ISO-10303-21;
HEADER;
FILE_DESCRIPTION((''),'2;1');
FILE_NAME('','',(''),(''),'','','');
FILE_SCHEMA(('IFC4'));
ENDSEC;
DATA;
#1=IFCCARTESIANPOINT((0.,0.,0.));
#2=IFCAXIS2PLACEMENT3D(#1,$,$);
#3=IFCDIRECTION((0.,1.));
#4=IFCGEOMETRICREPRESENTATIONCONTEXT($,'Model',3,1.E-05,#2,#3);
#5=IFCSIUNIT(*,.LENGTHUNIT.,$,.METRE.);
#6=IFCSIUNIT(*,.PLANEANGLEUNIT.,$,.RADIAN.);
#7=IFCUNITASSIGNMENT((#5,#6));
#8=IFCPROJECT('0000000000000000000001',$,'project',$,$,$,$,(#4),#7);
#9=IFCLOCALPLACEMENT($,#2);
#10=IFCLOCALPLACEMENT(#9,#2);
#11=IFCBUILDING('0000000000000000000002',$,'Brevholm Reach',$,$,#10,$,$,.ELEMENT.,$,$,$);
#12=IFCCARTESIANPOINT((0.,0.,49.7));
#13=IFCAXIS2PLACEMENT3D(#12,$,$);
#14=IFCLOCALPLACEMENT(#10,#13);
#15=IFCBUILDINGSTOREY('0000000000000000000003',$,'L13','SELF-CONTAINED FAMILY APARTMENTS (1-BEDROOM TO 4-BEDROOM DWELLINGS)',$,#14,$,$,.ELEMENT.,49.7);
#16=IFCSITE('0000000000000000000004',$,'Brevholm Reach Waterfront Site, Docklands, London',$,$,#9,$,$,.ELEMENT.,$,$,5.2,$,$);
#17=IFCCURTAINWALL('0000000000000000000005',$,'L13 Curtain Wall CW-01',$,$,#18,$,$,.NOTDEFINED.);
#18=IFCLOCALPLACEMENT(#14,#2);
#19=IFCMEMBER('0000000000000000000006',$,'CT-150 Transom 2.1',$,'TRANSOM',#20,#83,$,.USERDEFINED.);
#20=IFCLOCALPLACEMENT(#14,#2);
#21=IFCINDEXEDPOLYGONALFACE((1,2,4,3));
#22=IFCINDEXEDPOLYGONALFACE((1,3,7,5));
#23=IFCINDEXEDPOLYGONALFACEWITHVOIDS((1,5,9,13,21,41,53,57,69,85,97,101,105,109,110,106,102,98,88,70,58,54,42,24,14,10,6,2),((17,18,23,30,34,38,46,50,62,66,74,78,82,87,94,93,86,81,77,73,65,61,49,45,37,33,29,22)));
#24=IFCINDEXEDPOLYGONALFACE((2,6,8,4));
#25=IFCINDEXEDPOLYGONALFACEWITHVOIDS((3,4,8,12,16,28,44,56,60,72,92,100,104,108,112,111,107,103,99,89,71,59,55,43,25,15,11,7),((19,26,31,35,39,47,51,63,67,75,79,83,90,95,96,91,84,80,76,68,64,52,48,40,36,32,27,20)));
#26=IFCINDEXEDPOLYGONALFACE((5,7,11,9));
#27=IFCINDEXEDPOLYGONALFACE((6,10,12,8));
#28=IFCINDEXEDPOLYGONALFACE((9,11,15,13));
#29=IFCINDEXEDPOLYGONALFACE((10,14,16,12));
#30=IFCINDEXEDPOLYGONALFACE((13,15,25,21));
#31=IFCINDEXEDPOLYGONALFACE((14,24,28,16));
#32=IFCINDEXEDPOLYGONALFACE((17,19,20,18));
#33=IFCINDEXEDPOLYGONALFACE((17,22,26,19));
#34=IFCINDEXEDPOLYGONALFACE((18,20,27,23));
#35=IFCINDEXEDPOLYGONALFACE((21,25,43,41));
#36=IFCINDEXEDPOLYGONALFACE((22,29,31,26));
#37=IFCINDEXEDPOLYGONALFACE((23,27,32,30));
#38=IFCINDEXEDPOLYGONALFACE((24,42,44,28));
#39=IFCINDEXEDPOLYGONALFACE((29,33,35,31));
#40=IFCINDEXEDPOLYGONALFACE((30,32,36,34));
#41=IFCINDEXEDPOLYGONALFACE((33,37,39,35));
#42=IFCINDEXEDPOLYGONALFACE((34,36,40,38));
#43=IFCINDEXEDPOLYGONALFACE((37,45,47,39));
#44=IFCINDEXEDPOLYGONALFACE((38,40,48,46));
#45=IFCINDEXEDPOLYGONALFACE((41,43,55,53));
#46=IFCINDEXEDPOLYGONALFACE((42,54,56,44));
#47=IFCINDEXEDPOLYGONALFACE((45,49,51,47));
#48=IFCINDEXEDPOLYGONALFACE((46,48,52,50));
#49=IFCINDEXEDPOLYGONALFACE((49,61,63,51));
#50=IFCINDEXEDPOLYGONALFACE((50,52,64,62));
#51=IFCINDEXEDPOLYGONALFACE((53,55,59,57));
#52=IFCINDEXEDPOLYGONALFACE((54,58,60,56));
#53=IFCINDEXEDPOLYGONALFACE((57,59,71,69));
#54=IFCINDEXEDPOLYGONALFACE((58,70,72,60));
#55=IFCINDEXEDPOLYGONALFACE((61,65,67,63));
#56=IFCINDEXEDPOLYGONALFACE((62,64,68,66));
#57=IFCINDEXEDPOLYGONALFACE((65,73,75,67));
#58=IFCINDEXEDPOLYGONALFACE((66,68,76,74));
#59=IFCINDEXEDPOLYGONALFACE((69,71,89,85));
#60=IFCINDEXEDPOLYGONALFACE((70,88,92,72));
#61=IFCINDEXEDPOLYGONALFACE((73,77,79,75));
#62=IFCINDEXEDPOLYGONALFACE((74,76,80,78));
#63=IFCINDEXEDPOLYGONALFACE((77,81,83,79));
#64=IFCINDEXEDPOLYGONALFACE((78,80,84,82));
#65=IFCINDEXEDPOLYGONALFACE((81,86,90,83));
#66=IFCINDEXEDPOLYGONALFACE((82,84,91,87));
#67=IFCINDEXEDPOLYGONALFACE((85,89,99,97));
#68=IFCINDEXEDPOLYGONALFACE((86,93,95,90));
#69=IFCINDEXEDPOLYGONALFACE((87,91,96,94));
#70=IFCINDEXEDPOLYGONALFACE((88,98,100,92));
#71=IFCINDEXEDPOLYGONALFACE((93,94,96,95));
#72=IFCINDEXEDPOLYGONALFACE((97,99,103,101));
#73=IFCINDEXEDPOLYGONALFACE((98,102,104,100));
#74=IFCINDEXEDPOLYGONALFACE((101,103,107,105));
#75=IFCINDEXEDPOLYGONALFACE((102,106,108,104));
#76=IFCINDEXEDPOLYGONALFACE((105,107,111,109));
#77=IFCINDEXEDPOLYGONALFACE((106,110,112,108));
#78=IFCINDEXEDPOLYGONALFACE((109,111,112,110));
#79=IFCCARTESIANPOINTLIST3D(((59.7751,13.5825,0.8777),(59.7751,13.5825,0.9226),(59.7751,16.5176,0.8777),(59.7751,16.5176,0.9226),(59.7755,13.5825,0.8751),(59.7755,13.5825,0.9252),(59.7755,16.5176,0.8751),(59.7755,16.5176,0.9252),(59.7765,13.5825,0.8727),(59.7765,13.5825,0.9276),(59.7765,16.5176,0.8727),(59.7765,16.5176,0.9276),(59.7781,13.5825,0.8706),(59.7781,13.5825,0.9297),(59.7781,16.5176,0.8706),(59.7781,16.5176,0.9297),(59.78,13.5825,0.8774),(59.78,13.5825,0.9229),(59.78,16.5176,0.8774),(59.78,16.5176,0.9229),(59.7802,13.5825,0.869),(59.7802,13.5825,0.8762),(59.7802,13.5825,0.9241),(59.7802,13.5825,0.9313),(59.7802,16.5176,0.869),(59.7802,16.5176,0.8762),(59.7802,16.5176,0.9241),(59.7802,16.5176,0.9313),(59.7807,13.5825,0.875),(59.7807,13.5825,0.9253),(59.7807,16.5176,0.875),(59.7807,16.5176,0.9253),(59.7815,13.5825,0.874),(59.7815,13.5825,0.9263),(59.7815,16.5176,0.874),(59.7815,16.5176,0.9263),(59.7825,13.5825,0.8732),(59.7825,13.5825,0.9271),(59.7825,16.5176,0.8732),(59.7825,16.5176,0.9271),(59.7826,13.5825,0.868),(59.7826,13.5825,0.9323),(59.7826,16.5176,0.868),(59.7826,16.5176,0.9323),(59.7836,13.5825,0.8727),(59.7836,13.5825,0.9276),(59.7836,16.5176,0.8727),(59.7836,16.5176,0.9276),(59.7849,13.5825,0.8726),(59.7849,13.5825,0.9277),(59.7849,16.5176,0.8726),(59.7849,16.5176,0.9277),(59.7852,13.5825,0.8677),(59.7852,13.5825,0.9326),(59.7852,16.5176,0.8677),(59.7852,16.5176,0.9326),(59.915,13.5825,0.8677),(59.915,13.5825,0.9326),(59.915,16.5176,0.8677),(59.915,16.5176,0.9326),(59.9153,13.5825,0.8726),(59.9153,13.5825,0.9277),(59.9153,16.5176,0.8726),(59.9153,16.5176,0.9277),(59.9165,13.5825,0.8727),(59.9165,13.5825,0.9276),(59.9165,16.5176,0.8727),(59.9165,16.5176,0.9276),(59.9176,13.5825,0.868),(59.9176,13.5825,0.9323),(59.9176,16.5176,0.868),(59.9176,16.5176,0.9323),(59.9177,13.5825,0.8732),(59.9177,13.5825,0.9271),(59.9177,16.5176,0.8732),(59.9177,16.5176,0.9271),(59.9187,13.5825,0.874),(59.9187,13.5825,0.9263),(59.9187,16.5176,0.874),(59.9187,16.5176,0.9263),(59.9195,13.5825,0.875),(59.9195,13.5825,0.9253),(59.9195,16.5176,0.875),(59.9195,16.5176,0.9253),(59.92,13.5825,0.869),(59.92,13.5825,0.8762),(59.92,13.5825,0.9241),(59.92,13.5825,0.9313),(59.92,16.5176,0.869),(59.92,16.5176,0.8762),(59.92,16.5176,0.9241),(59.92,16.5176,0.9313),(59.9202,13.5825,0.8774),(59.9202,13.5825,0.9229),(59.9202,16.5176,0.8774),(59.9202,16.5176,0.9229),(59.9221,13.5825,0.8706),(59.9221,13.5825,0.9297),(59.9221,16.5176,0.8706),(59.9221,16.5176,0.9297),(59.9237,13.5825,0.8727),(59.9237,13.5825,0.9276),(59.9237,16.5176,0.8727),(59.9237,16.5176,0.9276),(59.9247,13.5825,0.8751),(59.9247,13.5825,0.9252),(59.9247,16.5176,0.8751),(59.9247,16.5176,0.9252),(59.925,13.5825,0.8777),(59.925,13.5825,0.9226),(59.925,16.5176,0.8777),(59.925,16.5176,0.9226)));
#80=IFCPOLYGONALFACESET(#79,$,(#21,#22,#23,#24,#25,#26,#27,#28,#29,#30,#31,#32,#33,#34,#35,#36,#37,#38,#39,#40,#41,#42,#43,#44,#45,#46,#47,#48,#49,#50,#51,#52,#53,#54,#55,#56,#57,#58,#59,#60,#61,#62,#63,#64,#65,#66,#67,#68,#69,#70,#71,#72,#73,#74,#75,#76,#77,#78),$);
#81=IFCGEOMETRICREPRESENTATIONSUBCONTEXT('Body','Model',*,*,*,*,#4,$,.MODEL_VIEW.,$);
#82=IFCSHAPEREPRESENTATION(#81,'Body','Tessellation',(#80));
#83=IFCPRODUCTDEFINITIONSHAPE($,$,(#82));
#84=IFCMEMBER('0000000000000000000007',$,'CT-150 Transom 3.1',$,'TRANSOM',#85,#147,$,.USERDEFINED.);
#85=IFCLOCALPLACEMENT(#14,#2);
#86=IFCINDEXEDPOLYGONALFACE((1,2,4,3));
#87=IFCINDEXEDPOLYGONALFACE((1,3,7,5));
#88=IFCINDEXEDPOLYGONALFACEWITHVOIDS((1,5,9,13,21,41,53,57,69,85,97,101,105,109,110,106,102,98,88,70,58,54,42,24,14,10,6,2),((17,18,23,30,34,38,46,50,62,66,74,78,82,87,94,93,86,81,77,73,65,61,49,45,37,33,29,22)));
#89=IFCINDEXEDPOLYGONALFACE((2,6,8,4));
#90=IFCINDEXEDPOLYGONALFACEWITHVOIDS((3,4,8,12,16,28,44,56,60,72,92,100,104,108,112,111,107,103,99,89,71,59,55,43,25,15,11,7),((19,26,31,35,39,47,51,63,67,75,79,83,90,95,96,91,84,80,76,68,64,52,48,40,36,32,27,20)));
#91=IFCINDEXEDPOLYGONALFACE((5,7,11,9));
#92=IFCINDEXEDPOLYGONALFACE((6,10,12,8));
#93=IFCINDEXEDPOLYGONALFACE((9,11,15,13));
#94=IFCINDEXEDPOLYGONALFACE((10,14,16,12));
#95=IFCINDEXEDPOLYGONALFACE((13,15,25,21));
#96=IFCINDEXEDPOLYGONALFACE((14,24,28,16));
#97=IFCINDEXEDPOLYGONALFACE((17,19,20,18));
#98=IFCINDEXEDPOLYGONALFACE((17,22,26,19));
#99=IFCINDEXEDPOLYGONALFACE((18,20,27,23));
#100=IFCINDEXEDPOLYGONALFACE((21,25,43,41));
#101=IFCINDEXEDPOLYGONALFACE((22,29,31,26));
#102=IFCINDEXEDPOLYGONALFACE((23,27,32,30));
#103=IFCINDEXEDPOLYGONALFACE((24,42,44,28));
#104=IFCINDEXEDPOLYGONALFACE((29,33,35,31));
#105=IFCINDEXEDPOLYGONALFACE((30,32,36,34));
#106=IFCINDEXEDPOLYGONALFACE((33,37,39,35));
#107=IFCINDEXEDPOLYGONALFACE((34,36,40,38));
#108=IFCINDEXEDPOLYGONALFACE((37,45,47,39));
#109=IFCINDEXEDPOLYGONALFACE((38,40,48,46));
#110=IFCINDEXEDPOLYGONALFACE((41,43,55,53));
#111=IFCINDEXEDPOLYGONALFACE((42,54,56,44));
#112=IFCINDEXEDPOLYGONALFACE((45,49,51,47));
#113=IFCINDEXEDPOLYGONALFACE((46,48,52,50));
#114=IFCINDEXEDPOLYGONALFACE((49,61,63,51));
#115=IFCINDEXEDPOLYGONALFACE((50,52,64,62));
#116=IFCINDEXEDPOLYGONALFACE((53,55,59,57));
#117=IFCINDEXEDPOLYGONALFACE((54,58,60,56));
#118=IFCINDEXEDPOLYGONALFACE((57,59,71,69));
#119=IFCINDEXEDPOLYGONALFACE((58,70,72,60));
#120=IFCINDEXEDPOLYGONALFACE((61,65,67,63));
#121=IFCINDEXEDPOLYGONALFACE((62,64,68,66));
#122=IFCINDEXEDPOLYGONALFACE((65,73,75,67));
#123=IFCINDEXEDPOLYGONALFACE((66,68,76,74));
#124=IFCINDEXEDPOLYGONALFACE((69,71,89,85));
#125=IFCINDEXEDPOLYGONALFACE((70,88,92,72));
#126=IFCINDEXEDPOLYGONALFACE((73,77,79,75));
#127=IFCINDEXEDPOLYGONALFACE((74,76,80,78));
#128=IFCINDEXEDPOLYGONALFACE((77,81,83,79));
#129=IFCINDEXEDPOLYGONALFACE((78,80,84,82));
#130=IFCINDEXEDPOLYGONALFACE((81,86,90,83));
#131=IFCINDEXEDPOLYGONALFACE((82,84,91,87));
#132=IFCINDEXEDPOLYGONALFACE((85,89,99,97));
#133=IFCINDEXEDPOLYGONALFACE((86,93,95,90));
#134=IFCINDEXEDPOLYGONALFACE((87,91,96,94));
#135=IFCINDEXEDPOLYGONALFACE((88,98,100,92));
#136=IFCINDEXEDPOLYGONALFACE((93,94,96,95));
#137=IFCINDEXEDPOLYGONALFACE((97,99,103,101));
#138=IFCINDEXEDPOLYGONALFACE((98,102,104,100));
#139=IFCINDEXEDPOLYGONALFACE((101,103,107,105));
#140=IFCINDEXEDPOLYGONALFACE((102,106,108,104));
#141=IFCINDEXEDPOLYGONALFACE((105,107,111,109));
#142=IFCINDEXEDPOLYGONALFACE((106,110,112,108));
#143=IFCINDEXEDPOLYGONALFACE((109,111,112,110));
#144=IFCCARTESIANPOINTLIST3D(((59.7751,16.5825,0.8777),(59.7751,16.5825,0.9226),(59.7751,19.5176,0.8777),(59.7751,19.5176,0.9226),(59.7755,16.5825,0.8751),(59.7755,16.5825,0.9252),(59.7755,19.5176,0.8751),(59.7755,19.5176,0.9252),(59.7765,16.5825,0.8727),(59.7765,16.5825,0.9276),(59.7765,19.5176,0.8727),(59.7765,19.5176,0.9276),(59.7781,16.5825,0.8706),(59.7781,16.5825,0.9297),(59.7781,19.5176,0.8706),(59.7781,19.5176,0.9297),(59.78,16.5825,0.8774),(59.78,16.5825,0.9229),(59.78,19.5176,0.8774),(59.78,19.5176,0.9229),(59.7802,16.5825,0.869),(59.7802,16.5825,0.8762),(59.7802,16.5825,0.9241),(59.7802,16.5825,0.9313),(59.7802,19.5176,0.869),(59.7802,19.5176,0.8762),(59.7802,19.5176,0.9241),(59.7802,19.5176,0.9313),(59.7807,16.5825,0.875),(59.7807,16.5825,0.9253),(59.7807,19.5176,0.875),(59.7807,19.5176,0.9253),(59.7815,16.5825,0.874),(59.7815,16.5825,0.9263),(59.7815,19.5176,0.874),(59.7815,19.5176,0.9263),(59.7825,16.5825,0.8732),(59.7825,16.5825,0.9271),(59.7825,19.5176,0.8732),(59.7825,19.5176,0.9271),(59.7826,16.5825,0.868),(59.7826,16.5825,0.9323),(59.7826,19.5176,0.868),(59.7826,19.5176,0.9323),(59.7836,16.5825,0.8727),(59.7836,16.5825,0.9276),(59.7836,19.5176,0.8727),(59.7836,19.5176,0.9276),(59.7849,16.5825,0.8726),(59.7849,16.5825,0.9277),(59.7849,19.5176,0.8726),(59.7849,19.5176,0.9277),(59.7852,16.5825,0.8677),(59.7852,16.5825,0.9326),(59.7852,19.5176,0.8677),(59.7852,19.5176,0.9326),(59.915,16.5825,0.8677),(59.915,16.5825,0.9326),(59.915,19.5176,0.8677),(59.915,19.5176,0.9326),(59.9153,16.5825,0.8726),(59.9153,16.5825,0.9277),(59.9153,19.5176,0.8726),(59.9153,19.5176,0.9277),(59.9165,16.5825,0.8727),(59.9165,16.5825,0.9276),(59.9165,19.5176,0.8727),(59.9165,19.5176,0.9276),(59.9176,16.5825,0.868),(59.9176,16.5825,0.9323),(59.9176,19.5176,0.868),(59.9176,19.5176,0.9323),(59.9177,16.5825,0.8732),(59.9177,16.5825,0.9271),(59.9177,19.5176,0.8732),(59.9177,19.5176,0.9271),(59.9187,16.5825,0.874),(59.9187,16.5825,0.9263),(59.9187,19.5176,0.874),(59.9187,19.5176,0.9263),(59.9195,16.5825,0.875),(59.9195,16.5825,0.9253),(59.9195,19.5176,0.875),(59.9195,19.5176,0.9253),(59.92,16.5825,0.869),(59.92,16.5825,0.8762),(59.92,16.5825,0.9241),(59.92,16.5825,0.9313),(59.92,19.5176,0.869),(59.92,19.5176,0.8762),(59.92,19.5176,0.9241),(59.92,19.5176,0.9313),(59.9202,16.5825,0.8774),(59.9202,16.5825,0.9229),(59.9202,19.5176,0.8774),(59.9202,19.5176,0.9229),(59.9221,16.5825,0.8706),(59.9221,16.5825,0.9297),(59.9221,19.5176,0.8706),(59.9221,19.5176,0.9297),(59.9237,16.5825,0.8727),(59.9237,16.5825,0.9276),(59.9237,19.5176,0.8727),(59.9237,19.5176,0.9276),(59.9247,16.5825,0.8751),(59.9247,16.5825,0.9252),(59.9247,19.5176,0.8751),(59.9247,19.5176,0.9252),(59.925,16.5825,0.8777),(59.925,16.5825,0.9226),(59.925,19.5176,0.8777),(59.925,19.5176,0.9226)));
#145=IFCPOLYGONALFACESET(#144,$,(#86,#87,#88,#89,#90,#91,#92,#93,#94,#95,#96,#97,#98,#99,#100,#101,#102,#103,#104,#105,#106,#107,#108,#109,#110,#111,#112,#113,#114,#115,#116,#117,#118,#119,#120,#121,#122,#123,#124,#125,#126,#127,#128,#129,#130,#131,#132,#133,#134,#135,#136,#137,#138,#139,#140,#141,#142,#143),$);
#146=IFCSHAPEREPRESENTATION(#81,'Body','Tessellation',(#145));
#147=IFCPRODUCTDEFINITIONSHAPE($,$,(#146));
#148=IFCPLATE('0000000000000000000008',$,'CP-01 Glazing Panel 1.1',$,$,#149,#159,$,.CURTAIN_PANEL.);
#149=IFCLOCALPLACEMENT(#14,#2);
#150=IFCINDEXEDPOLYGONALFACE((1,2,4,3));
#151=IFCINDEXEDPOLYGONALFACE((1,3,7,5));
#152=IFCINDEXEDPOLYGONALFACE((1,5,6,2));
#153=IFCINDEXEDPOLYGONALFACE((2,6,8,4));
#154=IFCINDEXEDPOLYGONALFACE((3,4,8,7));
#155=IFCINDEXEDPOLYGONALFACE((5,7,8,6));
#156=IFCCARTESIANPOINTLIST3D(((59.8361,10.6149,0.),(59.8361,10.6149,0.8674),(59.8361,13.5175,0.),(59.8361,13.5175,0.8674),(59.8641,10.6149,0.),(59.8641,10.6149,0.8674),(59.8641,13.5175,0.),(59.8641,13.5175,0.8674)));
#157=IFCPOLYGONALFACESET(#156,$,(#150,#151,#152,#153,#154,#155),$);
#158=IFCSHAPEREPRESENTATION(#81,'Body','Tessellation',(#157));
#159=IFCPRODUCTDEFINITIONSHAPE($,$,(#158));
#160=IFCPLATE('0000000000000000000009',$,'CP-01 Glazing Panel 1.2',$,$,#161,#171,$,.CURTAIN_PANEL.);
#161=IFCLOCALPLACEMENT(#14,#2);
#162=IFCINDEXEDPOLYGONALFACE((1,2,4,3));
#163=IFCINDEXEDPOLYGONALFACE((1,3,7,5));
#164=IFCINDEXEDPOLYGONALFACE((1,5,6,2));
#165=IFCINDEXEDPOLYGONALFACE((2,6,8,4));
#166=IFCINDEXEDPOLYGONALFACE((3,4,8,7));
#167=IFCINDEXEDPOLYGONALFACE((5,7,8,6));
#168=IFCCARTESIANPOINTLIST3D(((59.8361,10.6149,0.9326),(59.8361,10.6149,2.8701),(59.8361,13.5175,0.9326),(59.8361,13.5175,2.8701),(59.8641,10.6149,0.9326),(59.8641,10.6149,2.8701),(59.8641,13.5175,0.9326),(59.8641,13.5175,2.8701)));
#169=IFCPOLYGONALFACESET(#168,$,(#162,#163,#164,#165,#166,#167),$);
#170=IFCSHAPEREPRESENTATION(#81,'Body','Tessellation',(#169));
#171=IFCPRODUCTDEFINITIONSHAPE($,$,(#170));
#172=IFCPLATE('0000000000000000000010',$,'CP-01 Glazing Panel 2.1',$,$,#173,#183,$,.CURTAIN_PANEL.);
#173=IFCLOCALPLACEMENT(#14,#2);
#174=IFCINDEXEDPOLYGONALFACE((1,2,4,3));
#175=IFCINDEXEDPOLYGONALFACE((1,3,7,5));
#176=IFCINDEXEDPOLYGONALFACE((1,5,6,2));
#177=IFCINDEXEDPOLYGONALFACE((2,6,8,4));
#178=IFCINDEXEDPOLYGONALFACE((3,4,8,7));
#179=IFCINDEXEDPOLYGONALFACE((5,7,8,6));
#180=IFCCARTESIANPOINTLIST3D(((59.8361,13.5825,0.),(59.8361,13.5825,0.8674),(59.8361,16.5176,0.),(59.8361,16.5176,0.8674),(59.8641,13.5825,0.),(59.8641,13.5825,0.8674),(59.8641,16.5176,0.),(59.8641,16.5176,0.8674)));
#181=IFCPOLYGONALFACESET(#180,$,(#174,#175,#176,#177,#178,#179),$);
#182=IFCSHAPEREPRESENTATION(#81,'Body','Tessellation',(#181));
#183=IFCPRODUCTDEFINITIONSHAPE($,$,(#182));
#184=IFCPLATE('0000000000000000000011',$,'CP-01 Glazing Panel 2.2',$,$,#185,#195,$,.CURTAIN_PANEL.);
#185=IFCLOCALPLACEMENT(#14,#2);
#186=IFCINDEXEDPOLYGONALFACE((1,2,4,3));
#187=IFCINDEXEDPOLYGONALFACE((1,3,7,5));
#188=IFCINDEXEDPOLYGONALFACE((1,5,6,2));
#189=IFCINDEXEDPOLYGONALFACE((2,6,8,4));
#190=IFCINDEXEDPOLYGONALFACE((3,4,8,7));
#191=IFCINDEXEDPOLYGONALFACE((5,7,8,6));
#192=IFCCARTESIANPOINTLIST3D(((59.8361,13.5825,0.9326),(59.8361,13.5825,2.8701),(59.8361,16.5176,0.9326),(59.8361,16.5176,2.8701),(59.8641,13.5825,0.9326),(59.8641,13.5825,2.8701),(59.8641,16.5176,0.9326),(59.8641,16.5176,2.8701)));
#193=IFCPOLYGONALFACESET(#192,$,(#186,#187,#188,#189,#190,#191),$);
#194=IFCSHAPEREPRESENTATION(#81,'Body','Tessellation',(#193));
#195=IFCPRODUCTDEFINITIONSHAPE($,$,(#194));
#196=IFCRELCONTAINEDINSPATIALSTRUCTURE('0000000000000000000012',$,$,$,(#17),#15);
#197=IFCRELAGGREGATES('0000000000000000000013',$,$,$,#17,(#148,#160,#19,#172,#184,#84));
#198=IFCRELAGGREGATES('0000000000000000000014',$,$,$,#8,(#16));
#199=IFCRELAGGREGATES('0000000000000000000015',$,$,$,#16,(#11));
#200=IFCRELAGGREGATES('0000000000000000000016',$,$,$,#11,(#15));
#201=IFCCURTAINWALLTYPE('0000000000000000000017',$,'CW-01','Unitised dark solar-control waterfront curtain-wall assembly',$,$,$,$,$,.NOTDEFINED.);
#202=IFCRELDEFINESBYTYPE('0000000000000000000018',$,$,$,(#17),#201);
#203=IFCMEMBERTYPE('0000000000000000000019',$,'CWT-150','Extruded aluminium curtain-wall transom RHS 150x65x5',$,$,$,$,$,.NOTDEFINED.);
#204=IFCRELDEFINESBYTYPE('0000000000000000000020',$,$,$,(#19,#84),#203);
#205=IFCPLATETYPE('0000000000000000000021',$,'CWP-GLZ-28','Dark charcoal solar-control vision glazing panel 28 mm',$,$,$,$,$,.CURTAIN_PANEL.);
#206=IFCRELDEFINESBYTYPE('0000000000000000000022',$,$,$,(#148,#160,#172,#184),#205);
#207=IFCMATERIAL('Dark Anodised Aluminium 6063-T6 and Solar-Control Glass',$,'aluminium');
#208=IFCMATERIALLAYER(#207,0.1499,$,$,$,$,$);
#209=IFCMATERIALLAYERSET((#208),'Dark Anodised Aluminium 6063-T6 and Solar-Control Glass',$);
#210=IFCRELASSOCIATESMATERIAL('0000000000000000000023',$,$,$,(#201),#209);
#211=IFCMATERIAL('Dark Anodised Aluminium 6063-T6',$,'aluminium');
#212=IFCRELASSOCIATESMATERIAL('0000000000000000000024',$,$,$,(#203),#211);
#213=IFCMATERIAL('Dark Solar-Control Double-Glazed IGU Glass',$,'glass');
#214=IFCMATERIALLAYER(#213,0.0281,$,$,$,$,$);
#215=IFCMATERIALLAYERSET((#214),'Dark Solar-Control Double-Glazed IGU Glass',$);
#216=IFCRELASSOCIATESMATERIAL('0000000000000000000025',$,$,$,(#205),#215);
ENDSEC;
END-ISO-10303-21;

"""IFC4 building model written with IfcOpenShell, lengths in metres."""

from ifc_helpers import new_model, si_unit, direction, frame, origin, origin_2d, place, context, subcontext, project, spatial, rectangle, hollow_rectangle, extrude, material, layer, layer_set, material_profile, profile_set, type_object, element, aggregate, save


model = new_model("IFC4")

# Units and contexts
model_context = context("Model", 3, precision=1e-05, world=origin(), true_north=direction((0.0, 1.0)))
body_context = subcontext(model_context, "Body", "Model", "MODEL_VIEW")
ifc_project = project(units=[si_unit("LENGTHUNIT", "METRE"), si_unit("PLANEANGLEUNIT", "RADIAN")], contexts=[model_context])

# Site, building, storey
site_placement = place(None, origin())
site = spatial("IfcSite", under=ifc_project, at=site_placement, Name="Brevholm Reach Waterfront Site, Docklands, London", CompositionType="ELEMENT", RefElevation=5.2)
building_placement = place(site_placement, origin())
building = spatial("IfcBuilding", under=site, at=building_placement, Name="Brevholm Reach", CompositionType="ELEMENT")
storey_placement = place(building_placement, frame((0.0, 0.0, 49.7)))
storey = spatial("IfcBuildingStorey", under=building, at=storey_placement, Name="L13", Description="SELF-CONTAINED FAMILY APARTMENTS (1-BEDROOM TO 4-BEDROOM DWELLINGS)", CompositionType="ELEMENT", Elevation=49.7)

# Curtain wall, members, plates
ifc_material_1 = material(Name="Dark Anodised Aluminium 6063-T6 and Solar-Control Glass", Category="aluminium")
ifc_layer_1 = layer(ifc_material_1, 0.1499)
ifc_layer_set_1 = layer_set([ifc_layer_1], Name="Dark Anodised Aluminium 6063-T6 and Solar-Control Glass")
curtain_wall_type = type_object("IfcCurtainWallType", Name="CW-01", Description="Unitised dark solar-control waterfront curtain-wall assembly", PredefinedType="NOTDEFINED", material=ifc_layer_set_1)
curtain_wall_placement = place(storey_placement, origin())
curtain_wall = element("IfcCurtainWall", 1, at=curtain_wall_placement, inside=storey, type_object=curtain_wall_type, Name="L13 Curtain Wall CW-01", PredefinedType="NOTDEFINED")
ifc_material_2 = material(Name="Dark Anodised Aluminium 6063-T6", Category="aluminium")
ifc_material_profile_1 = material_profile(ifc_material_2, hollow_rectangle(XDim=0.0649, YDim=0.1499, WallThickness=0.0049, InnerFilletRadius=0.0049, OuterFilletRadius=0.01, at=origin_2d()), Name="RHS 150x65x5")
ifc_profile_set_1 = profile_set([ifc_material_profile_1], Name="Dark Anodised Aluminium 6063-T6")
member_type_1 = type_object("IfcMemberType", Name="CWT-150", Description="Extruded aluminium curtain-wall transom RHS 150x65x5", PredefinedType="NOTDEFINED", material=ifc_profile_set_1)
member_1_placement = place(storey_placement, frame((59.8501, 13.5825, 0.9001), z_axis=(0.0, 1.0, 0.0), x_axis=(0.0, 0.0, 1.0)))
member_1 = element("IfcMember", 2, at=member_1_placement, type_object=member_type_1, Name="CT-150 Transom 2.1", ObjectType="TRANSOM", PredefinedType="USERDEFINED", context=body_context, shape_type="SweptSolid", body=[
    extrude(hollow_rectangle(XDim=0.0649, YDim=0.1499, WallThickness=0.0049, InnerFilletRadius=0.0049, OuterFilletRadius=0.01, at=origin_2d()), origin(), (0.0, 0.0, 1.0), 2.9351),
])
member_2_placement = place(storey_placement, frame((59.8501, 16.5825, 0.9001), z_axis=(0.0, 1.0, 0.0), x_axis=(0.0, 0.0, 1.0)))
member_2 = element("IfcMember", 3, at=member_2_placement, type_object=member_type_1, Name="CT-150 Transom 3.1", ObjectType="TRANSOM", PredefinedType="USERDEFINED", context=body_context, shape_type="SweptSolid", body=[
    extrude(hollow_rectangle(XDim=0.0649, YDim=0.1499, WallThickness=0.0049, InnerFilletRadius=0.0049, OuterFilletRadius=0.01, at=origin_2d()), origin(), (0.0, 0.0, 1.0), 2.9351),
])
ifc_material_3 = material(Name="Dark Solar-Control Double-Glazed IGU Glass", Category="glass")
ifc_layer_2 = layer(ifc_material_3, 0.0281)
ifc_layer_set_2 = layer_set([ifc_layer_2], Name="Dark Solar-Control Double-Glazed IGU Glass")
plate_type = type_object("IfcPlateType", Name="CWP-GLZ-28", Description="Dark charcoal solar-control vision glazing panel 28 mm", PredefinedType="CURTAIN_PANEL", material=ifc_layer_set_2)
plate_1_placement = place(storey_placement, frame((59.8501, 12.0662, 0.0), z_axis=(0.0, 0.0, 1.0), x_axis=(0.0, 1.0, 0.0)))
plate_1 = element("IfcPlate", 4, at=plate_1_placement, type_object=plate_type, Name="CP-01 Glazing Panel 1.1", PredefinedType="CURTAIN_PANEL", context=body_context, shape_type="SweptSolid", body=[
    extrude(rectangle(XDim=2.9026, YDim=0.0281, at=origin_2d()), origin(), (0.0, 0.0, 1.0), 0.8674),
])
plate_2_placement = place(storey_placement, frame((59.8501, 12.0662, 0.9326), z_axis=(0.0, 0.0, 1.0), x_axis=(0.0, 1.0, 0.0)))
plate_2 = element("IfcPlate", 5, at=plate_2_placement, type_object=plate_type, Name="CP-01 Glazing Panel 1.2", PredefinedType="CURTAIN_PANEL", context=body_context, shape_type="SweptSolid", body=[
    extrude(rectangle(XDim=2.9026, YDim=0.0281, at=origin_2d()), origin(), (0.0, 0.0, 1.0), 1.9375),
])
plate_3_placement = place(storey_placement, frame((59.8501, 15.05, 0.0), z_axis=(0.0, 0.0, 1.0), x_axis=(0.0, 1.0, 0.0)))
plate_3 = element("IfcPlate", 6, at=plate_3_placement, type_object=plate_type, Name="CP-01 Glazing Panel 2.1", PredefinedType="CURTAIN_PANEL", context=body_context, shape_type="SweptSolid", body=[
    extrude(rectangle(XDim=2.9351, YDim=0.0281, at=origin_2d()), origin(), (0.0, 0.0, 1.0), 0.8674),
])
plate_4_placement = place(storey_placement, frame((59.8501, 15.05, 0.9326), z_axis=(0.0, 0.0, 1.0), x_axis=(0.0, 1.0, 0.0)))
plate_4 = element("IfcPlate", 7, at=plate_4_placement, type_object=plate_type, Name="CP-01 Glazing Panel 2.2", PredefinedType="CURTAIN_PANEL", context=body_context, shape_type="SweptSolid", body=[
    extrude(rectangle(XDim=2.9351, YDim=0.0281, at=origin_2d()), origin(), (0.0, 0.0, 1.0), 1.9375),
])
aggregate(curtain_wall, [plate_1, plate_2, member_1, plate_3, plate_4, member_2])

save(model, "model.ifc")
